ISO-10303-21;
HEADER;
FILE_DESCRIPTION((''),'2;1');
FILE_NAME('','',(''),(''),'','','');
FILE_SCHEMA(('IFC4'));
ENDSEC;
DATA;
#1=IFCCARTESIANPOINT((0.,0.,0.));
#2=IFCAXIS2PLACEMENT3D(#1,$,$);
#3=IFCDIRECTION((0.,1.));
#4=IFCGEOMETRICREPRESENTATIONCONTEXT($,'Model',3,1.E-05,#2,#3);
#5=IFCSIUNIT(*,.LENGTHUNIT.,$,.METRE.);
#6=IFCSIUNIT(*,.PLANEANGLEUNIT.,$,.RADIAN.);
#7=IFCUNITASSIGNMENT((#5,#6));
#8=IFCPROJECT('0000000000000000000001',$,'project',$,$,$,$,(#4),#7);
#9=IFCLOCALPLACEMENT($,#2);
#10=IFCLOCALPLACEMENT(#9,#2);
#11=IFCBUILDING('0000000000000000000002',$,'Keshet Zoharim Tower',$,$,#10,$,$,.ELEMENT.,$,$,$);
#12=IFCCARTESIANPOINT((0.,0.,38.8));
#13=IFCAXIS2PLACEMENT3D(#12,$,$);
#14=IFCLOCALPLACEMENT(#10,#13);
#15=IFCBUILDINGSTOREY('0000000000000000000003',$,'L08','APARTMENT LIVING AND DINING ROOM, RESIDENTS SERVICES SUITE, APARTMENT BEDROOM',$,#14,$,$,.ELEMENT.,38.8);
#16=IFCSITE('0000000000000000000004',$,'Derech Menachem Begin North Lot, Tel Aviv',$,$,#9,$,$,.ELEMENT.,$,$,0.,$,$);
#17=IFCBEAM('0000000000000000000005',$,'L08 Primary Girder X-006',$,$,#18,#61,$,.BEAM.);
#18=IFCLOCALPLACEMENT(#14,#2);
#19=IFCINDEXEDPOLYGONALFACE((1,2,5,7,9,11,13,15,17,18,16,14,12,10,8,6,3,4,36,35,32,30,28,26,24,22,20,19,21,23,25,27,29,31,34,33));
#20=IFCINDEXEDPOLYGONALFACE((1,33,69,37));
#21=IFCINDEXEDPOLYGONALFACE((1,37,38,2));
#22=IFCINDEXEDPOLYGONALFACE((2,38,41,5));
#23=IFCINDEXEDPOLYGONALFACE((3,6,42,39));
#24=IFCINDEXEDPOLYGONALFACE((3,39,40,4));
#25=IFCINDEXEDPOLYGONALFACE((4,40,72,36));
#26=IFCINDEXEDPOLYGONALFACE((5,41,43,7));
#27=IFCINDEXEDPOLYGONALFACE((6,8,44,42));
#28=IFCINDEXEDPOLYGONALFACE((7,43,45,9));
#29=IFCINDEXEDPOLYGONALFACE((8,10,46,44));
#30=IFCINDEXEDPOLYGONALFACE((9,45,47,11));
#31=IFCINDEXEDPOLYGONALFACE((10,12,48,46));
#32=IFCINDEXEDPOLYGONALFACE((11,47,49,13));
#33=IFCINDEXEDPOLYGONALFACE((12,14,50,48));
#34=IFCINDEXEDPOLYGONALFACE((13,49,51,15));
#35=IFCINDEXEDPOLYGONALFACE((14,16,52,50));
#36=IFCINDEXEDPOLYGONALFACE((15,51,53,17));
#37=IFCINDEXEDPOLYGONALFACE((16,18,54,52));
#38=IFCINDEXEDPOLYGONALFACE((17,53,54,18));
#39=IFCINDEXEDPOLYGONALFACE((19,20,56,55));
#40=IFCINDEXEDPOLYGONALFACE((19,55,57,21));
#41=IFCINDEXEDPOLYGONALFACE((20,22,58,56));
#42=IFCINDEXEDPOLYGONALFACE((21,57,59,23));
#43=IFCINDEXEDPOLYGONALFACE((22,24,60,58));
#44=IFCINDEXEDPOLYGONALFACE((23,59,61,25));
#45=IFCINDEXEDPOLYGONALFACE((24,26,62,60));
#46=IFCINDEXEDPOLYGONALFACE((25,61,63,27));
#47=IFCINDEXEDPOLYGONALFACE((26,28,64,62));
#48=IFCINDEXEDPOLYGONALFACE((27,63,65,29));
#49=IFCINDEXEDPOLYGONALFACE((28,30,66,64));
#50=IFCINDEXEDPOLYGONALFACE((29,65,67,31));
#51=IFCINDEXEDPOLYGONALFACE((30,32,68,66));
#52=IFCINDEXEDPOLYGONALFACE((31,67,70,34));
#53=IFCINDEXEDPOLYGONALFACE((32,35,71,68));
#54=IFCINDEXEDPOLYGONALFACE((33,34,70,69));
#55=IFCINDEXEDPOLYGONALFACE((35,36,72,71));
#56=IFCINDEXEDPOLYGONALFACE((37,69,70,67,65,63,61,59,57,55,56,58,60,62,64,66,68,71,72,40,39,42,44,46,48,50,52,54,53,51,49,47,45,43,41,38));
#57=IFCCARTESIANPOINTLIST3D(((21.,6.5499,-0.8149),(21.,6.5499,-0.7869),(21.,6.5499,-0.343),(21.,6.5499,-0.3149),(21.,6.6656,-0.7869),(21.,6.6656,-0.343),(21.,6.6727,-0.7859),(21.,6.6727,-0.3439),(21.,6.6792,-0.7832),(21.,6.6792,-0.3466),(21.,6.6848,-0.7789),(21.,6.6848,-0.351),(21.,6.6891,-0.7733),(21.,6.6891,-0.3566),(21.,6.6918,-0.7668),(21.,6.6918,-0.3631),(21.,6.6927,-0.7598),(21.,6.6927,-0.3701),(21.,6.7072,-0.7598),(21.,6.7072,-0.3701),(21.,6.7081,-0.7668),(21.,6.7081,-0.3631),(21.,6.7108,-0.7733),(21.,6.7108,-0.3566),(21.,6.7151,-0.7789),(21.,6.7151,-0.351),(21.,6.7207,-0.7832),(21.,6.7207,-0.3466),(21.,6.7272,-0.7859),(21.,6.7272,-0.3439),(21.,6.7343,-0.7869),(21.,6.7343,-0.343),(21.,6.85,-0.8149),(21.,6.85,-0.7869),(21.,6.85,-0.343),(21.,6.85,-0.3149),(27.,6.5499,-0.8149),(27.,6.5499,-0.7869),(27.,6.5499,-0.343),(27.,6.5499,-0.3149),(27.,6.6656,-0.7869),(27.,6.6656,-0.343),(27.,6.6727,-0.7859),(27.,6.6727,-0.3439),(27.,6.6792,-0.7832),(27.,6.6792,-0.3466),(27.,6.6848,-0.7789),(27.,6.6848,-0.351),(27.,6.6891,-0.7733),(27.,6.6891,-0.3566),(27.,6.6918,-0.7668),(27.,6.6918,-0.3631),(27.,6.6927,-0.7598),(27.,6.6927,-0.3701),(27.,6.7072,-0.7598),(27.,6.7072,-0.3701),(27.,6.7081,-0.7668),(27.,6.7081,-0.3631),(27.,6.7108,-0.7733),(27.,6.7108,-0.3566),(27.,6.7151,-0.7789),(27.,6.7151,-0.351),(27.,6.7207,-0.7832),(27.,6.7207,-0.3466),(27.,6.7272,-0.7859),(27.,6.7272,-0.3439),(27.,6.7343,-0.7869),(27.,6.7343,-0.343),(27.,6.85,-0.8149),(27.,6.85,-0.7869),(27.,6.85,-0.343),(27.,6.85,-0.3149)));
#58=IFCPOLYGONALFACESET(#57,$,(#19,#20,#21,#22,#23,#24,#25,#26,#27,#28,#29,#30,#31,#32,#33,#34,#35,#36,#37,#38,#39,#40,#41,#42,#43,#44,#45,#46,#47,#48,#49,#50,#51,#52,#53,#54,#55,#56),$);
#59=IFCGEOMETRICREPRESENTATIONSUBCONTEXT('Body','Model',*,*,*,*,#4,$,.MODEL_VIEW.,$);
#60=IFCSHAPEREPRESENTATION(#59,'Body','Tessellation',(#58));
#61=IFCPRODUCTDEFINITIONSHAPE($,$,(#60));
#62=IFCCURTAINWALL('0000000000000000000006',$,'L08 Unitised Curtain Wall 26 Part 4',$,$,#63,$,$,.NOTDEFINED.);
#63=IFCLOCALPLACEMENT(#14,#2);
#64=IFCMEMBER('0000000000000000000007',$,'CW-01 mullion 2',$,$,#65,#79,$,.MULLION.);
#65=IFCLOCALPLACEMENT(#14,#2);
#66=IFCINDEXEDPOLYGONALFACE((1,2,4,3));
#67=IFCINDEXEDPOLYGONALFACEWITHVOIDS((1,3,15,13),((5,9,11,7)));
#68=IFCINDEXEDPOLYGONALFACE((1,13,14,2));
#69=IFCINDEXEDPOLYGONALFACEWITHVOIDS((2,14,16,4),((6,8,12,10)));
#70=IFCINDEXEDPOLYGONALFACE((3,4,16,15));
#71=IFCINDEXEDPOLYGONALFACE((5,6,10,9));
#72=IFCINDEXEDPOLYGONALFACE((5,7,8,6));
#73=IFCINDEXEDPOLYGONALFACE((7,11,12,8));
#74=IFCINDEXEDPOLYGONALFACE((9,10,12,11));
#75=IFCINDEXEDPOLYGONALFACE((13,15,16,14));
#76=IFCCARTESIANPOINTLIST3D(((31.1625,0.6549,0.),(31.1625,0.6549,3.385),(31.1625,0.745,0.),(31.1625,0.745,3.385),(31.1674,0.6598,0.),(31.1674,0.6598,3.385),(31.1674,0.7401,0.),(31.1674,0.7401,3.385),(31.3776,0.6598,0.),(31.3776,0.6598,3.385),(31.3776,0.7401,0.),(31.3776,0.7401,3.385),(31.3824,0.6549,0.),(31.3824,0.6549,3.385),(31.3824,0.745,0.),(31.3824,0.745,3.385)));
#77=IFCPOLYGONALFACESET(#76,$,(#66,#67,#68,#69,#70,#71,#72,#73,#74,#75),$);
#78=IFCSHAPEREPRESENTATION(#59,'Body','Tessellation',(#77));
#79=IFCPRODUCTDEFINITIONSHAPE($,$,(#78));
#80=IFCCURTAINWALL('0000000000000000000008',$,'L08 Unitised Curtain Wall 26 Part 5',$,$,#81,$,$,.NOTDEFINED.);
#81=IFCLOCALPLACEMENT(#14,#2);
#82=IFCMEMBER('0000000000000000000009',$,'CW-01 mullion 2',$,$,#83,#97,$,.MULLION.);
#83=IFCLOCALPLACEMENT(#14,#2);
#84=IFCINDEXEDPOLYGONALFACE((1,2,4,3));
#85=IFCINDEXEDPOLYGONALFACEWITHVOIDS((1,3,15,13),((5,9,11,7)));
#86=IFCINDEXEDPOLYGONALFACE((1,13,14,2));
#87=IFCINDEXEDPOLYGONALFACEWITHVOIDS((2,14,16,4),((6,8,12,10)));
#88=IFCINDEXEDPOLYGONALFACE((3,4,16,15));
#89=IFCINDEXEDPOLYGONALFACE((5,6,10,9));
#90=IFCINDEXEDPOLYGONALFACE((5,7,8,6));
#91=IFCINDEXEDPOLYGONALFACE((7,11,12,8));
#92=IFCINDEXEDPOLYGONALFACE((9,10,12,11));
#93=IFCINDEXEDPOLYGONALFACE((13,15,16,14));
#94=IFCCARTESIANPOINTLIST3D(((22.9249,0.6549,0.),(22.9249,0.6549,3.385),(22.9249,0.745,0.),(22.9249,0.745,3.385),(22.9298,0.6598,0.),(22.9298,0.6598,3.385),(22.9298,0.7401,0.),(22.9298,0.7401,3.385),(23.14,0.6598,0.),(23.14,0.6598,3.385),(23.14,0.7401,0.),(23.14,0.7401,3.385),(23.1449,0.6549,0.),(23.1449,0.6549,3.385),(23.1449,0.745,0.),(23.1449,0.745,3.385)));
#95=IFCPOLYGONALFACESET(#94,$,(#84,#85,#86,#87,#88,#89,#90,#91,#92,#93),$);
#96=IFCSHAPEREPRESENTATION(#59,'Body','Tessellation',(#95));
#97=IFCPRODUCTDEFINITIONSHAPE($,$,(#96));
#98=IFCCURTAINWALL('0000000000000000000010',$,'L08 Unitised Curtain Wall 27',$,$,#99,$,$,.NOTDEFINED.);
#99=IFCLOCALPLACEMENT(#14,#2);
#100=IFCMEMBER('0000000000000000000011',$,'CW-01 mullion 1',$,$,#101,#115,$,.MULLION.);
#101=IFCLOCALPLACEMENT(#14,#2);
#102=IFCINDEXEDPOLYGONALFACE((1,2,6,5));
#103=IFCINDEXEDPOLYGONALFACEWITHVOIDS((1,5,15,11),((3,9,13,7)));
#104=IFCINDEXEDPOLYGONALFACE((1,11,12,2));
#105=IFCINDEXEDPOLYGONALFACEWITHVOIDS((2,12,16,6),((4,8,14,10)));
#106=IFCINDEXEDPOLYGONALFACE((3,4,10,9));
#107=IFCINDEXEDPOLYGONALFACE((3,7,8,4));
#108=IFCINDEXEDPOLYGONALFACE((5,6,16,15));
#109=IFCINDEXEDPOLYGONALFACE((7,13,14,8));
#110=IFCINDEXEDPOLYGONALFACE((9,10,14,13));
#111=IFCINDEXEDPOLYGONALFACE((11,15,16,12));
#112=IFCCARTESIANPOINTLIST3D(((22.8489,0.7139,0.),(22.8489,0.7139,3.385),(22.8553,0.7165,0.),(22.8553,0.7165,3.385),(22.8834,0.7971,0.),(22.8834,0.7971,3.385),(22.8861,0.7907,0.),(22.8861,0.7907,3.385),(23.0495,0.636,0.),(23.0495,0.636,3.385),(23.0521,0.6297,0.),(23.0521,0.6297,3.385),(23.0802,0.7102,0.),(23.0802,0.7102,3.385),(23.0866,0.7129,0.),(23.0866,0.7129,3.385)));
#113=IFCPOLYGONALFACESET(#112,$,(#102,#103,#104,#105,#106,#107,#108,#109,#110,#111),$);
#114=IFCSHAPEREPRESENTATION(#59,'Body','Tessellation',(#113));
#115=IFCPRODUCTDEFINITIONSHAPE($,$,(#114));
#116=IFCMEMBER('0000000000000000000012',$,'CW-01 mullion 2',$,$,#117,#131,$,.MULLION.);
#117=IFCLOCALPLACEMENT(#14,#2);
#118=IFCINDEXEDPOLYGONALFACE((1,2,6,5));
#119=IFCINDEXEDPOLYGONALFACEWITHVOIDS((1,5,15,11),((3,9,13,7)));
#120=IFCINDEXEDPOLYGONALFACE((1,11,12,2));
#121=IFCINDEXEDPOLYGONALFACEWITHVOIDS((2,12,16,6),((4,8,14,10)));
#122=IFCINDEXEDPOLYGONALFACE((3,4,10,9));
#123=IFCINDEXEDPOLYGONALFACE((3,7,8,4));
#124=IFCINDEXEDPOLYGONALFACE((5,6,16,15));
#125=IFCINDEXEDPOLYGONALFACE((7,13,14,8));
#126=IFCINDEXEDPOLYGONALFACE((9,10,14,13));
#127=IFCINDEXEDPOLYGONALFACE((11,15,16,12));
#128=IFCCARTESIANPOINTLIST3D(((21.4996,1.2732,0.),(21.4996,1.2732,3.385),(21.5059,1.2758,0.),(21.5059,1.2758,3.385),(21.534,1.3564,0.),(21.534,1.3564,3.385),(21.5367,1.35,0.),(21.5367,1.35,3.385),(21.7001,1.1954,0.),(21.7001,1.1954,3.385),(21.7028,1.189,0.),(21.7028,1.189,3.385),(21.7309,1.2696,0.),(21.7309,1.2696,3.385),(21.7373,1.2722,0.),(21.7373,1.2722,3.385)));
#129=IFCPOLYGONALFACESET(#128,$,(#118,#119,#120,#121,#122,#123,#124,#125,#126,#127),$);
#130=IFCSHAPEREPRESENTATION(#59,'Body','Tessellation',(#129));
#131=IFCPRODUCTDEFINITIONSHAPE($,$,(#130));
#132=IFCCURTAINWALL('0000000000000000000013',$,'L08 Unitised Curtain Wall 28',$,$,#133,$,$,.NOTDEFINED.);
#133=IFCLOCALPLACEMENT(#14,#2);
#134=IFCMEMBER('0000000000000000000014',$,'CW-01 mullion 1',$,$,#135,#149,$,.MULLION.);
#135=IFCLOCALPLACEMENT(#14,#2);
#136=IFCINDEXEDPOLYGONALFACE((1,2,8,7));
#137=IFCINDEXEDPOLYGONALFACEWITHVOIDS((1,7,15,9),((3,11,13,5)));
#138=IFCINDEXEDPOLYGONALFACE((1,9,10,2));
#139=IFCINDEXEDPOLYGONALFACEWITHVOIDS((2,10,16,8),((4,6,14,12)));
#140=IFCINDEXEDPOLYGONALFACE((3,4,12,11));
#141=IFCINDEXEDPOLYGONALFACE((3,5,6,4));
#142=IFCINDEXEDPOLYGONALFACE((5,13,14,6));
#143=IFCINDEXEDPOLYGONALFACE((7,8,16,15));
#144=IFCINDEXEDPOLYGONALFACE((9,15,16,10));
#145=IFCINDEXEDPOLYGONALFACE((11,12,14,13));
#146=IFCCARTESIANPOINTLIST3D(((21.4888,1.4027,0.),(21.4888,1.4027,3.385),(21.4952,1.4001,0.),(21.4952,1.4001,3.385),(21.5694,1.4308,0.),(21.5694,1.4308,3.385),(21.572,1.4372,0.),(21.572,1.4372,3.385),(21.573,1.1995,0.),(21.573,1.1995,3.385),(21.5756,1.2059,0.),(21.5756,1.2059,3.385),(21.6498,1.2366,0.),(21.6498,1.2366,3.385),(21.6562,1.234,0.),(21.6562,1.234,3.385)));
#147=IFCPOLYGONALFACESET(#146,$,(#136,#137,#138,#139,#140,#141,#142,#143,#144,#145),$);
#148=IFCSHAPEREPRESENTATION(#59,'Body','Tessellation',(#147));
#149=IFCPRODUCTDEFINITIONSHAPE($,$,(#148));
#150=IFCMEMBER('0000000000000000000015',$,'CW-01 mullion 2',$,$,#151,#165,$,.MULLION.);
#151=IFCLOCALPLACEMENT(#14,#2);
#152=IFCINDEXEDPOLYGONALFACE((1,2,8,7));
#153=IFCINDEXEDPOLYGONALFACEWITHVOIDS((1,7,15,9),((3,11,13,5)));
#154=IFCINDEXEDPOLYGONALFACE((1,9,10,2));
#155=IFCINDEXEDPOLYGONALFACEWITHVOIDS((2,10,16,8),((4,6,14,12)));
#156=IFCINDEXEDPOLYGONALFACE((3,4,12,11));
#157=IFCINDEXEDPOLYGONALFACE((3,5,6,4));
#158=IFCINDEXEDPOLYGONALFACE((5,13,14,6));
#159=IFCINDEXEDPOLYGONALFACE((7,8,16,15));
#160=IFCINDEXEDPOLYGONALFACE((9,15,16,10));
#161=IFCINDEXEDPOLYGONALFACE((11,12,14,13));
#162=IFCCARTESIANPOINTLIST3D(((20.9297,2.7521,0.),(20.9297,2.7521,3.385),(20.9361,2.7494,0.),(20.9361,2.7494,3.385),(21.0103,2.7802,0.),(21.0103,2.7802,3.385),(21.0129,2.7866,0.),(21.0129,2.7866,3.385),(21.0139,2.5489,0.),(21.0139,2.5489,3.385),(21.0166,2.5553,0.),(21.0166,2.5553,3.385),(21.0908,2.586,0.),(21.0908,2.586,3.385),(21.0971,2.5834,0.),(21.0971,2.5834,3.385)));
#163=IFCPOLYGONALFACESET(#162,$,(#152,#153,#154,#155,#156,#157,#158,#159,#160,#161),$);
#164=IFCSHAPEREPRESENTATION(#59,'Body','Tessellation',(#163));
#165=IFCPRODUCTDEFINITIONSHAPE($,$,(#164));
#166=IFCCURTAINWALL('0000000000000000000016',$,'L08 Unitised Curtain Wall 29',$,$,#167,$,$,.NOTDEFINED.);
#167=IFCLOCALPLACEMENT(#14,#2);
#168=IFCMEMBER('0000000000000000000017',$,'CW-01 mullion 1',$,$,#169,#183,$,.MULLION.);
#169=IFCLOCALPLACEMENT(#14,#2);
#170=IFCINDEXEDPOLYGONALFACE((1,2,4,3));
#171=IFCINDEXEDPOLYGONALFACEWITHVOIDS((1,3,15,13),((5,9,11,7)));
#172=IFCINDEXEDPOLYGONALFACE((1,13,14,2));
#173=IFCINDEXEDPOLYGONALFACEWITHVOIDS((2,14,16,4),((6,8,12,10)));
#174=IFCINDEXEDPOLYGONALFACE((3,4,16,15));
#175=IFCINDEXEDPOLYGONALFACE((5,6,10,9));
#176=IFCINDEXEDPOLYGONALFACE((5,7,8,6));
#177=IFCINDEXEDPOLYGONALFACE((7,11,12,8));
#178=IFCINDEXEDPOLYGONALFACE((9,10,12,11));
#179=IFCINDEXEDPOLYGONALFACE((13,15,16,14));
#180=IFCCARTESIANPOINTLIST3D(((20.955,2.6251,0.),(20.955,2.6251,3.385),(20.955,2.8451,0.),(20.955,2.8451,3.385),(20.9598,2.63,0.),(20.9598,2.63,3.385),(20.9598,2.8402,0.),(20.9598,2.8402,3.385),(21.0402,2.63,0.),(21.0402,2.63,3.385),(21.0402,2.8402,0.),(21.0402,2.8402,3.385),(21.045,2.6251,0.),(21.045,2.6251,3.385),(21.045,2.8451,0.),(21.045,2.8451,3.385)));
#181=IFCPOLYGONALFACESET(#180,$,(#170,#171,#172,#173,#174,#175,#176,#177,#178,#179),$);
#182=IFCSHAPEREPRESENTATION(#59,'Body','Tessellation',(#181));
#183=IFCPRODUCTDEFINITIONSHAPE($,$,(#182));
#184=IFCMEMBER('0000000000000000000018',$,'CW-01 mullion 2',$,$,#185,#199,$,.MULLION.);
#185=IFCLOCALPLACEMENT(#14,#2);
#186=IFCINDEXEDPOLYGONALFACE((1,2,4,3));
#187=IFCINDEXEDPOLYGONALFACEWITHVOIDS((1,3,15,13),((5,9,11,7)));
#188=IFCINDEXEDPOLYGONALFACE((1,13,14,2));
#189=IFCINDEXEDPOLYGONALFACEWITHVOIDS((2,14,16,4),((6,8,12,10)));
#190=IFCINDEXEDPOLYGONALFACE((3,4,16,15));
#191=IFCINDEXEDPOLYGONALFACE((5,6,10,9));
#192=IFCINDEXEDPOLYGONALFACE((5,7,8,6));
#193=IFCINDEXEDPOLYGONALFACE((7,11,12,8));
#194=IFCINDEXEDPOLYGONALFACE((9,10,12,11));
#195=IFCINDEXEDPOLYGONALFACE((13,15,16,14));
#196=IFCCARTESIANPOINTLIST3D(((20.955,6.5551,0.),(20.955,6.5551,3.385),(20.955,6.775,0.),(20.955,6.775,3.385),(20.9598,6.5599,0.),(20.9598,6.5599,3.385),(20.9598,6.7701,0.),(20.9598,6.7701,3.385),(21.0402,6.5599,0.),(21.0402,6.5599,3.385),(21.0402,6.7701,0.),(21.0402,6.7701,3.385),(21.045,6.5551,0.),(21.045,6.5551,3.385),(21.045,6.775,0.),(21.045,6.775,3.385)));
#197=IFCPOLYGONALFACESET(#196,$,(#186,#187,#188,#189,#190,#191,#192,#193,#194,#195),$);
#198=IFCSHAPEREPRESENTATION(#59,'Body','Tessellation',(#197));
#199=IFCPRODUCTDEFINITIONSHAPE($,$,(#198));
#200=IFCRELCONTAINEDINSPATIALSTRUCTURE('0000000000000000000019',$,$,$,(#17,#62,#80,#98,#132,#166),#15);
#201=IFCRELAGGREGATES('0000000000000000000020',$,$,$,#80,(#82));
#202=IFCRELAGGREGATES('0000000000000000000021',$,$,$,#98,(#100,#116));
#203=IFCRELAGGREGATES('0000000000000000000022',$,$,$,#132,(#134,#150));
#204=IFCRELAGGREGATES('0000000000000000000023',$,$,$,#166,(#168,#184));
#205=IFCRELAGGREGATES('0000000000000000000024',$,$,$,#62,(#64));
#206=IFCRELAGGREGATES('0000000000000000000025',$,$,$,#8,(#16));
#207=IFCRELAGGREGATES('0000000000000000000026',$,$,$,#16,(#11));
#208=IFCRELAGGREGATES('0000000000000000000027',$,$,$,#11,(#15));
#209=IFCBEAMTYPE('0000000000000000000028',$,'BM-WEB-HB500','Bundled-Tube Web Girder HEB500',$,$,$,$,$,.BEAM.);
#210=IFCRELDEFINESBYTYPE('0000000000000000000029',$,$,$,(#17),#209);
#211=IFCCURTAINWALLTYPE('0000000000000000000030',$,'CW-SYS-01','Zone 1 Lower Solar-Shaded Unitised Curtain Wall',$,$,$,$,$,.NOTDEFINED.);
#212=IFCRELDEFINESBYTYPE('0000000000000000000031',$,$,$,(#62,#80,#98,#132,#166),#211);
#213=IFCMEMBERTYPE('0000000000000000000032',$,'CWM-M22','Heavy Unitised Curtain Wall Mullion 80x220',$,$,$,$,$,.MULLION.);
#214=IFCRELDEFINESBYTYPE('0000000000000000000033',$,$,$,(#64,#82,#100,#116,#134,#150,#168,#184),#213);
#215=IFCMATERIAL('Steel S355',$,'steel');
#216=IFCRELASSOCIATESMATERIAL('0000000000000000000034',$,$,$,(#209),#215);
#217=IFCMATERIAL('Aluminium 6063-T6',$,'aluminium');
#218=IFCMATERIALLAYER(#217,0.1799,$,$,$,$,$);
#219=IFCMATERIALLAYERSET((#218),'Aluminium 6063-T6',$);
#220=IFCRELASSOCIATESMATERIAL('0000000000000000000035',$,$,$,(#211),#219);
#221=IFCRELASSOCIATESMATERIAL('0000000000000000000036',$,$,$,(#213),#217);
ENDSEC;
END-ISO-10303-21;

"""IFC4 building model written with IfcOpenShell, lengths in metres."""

from ifc_helpers import new_model, si_unit, direction, frame, origin, origin_2d, place, context, subcontext, project, spatial, hollow_rectangle, i_section, extrude, material, layer, layer_set, material_profile, profile_set, type_object, element, aggregate, save


model = new_model("IFC4")

# Units and contexts
model_context = context("Model", 3, precision=1e-05, world=origin(), true_north=direction((0.0, 1.0)))
body_context = subcontext(model_context, "Body", "Model", "MODEL_VIEW")
ifc_project = project(units=[si_unit("LENGTHUNIT", "METRE"), si_unit("PLANEANGLEUNIT", "RADIAN")], contexts=[model_context])

# Site, building, storey
site_placement = place(None, origin())
site = spatial("IfcSite", under=ifc_project, at=site_placement, Name="Derech Menachem Begin North Lot, Tel Aviv", CompositionType="ELEMENT", RefElevation=0.0)
building_placement = place(site_placement, origin())
building = spatial("IfcBuilding", under=site, at=building_placement, Name="Keshet Zoharim Tower", CompositionType="ELEMENT")
storey_placement = place(building_placement, frame((0.0, 0.0, 38.8)))
storey = spatial("IfcBuildingStorey", under=building, at=storey_placement, Name="L08", Description="APARTMENT LIVING AND DINING ROOM, RESIDENTS SERVICES SUITE, APARTMENT BEDROOM", CompositionType="ELEMENT", Elevation=38.8)

# Shared definitions
ifc_material_1 = material(Name="Steel S355", Category="steel")

# Beam
ifc_material_profile_1 = material_profile(ifc_material_1, i_section(OverallWidth=0.3, OverallDepth=0.5, WebThickness=0.0144, FlangeThickness=0.0281, FilletRadius=0.0271, at=origin_2d()), Name="HEB500")
ifc_profile_set_1 = profile_set([ifc_material_profile_1], Name="Steel S355")
beam_type_1 = type_object("IfcBeamType", Name="BM-WEB-HB500", Description="Bundled-Tube Web Girder HEB500", PredefinedType="BEAM", material=ifc_profile_set_1)
for number, where, z_axis, x_axis, name in (
    (1, (21.0, 6.7, -0.5649), (1.0, 0.0, 0.0), (0.0, 1.0, 0.0), "L08 Primary Girder X-006"),
):
    element("IfcBeam", number, at=place(storey_placement, frame(where, z_axis=z_axis, x_axis=x_axis)), inside=storey, type_object=beam_type_1, Name=name, PredefinedType="BEAM", context=body_context, shape_type="SweptSolid", body=[
        extrude(i_section(OverallWidth=0.3, OverallDepth=0.5, WebThickness=0.0144, FlangeThickness=0.0281, FilletRadius=0.0271, at=origin_2d()), origin(), (0.0, 0.0, 1.0), 6.0),
    ])

# Curtain walls, members
ifc_material_2 = material(Name="Aluminium 6063-T6", Category="aluminium")
ifc_layer_1 = layer(ifc_material_2, 0.1799)
ifc_layer_set_1 = layer_set([ifc_layer_1], Name="Aluminium 6063-T6")
curtain_wall_type = type_object("IfcCurtainWallType", Name="CW-SYS-01", Description="Zone 1 Lower Solar-Shaded Unitised Curtain Wall", PredefinedType="NOTDEFINED", material=ifc_layer_set_1)
curtain_wall_1_placement = place(storey_placement, origin())
curtain_wall_1 = element("IfcCurtainWall", 2, at=curtain_wall_1_placement, inside=storey, type_object=curtain_wall_type, Name="L08 Unitised Curtain Wall 26 Part 4", PredefinedType="NOTDEFINED")
ifc_material_profile_2 = material_profile(ifc_material_2, hollow_rectangle(XDim=0.0901, YDim=0.22, WallThickness=0.0049, at=origin_2d()), Name="MUL-90x220")
ifc_profile_set_2 = profile_set([ifc_material_profile_2], Name="Aluminium 6063-T6")
member_type_1 = type_object("IfcMemberType", Name="CWM-M22", Description="Heavy Unitised Curtain Wall Mullion 80x220", PredefinedType="MULLION", material=ifc_profile_set_2)
member_1_placement = place(storey_placement, frame((31.2725, 0.7, 0.0), z_axis=(0.0, 0.0, 1.0), x_axis=(0.0, -1.0, 0.0)))
member_1 = element("IfcMember", 3, at=member_1_placement, type_object=member_type_1, Name="CW-01 mullion 2", PredefinedType="MULLION", context=body_context, shape_type="SweptSolid", body=[
    extrude(hollow_rectangle(XDim=0.0901, YDim=0.22, WallThickness=0.0049, at=origin_2d()), origin(), (0.0, 0.0, 1.0), 3.385),
])
curtain_wall_2_placement = place(storey_placement, origin())
curtain_wall_2 = element("IfcCurtainWall", 4, at=curtain_wall_2_placement, inside=storey, type_object=curtain_wall_type, Name="L08 Unitised Curtain Wall 26 Part 5", PredefinedType="NOTDEFINED")
member_2_placement = place(storey_placement, frame((23.0349, 0.7, 0.0), z_axis=(0.0, 0.0, 1.0), x_axis=(0.0, -1.0, 0.0)))
member_2 = element("IfcMember", 5, at=member_2_placement, type_object=member_type_1, Name="CW-01 mullion 2", PredefinedType="MULLION", context=body_context, shape_type="SweptSolid", body=[
    extrude(hollow_rectangle(XDim=0.0901, YDim=0.22, WallThickness=0.0049, at=origin_2d()), origin(), (0.0, 0.0, 1.0), 3.385),
])

# Curtain walls, members
curtain_wall_3_placement = place(storey_placement, origin())
curtain_wall_3 = element("IfcCurtainWall", 6, at=curtain_wall_3_placement, inside=storey, type_object=curtain_wall_type, Name="L08 Unitised Curtain Wall 27", PredefinedType="NOTDEFINED")
member_3_placement = place(storey_placement, frame((22.9678, 0.7134, 0.0), z_axis=(0.0, 0.0, 1.0), x_axis=(-0.382852, -0.92381, 0.0)))
member_3 = element("IfcMember", 7, at=member_3_placement, type_object=member_type_1, Name="CW-01 mullion 1", PredefinedType="MULLION", context=body_context, shape_type="SweptSolid", body=[
    extrude(hollow_rectangle(XDim=0.0901, YDim=0.22, WallThickness=0.0049, at=origin_2d()), origin(), (0.0, 0.0, 1.0), 3.385),
])
member_4_placement = place(storey_placement, frame((21.6184, 1.2727, 0.0), z_axis=(0.0, 0.0, 1.0), x_axis=(-0.382852, -0.92381, 0.0)))
member_4 = element("IfcMember", 8, at=member_4_placement, type_object=member_type_1, Name="CW-01 mullion 2", PredefinedType="MULLION", context=body_context, shape_type="SweptSolid", body=[
    extrude(hollow_rectangle(XDim=0.0901, YDim=0.22, WallThickness=0.0049, at=origin_2d()), origin(), (0.0, 0.0, 1.0), 3.385),
])
curtain_wall_4_placement = place(storey_placement, origin())
curtain_wall_4 = element("IfcCurtainWall", 9, at=curtain_wall_4_placement, inside=storey, type_object=curtain_wall_type, Name="L08 Unitised Curtain Wall 28", PredefinedType="NOTDEFINED")
member_5_placement = place(storey_placement, frame((21.5725, 1.3184, 0.0), z_axis=(0.0, 0.0, 1.0), x_axis=(-0.92381, -0.382852, 0.0)))
member_5 = element("IfcMember", 10, at=member_5_placement, type_object=member_type_1, Name="CW-01 mullion 1", PredefinedType="MULLION", context=body_context, shape_type="SweptSolid", body=[
    extrude(hollow_rectangle(XDim=0.0901, YDim=0.22, WallThickness=0.0049, at=origin_2d()), origin(), (0.0, 0.0, 1.0), 3.385),
])
member_6_placement = place(storey_placement, frame((21.0134, 2.6677, 0.0), z_axis=(0.0, 0.0, 1.0), x_axis=(-0.92381, -0.382852, 0.0)))
member_6 = element("IfcMember", 11, at=member_6_placement, type_object=member_type_1, Name="CW-01 mullion 2", PredefinedType="MULLION", context=body_context, shape_type="SweptSolid", body=[
    extrude(hollow_rectangle(XDim=0.0901, YDim=0.22, WallThickness=0.0049, at=origin_2d()), origin(), (0.0, 0.0, 1.0), 3.385),
])
curtain_wall_5_placement = place(storey_placement, origin())
curtain_wall_5 = element("IfcCurtainWall", 12, at=curtain_wall_5_placement, inside=storey, type_object=curtain_wall_type, Name="L08 Unitised Curtain Wall 29", PredefinedType="NOTDEFINED")
member_7_placement = place(storey_placement, frame((21.0, 2.7351, 0.0), z_axis=(0.0, 0.0, 1.0), x_axis=(-1.0, 0.0, 0.0)))
member_7 = element("IfcMember", 13, at=member_7_placement, type_object=member_type_1, Name="CW-01 mullion 1", PredefinedType="MULLION", context=body_context, shape_type="SweptSolid", body=[
    extrude(hollow_rectangle(XDim=0.0901, YDim=0.22, WallThickness=0.0049, at=origin_2d()), origin(), (0.0, 0.0, 1.0), 3.385),
])
member_8_placement = place(storey_placement, frame((21.0, 6.665, 0.0), z_axis=(0.0, 0.0, 1.0), x_axis=(-1.0, 0.0, 0.0)))
member_8 = element("IfcMember", 14, at=member_8_placement, type_object=member_type_1, Name="CW-01 mullion 2", PredefinedType="MULLION", context=body_context, shape_type="SweptSolid", body=[
    extrude(hollow_rectangle(XDim=0.0901, YDim=0.22, WallThickness=0.0049, at=origin_2d()), origin(), (0.0, 0.0, 1.0), 3.385),
])

aggregate(curtain_wall_2, [member_2])
aggregate(curtain_wall_3, [member_3, member_4])
aggregate(curtain_wall_4, [member_5, member_6])
aggregate(curtain_wall_5, [member_7, member_8])
aggregate(curtain_wall_1, [member_1])

save(model, "model.ifc")
